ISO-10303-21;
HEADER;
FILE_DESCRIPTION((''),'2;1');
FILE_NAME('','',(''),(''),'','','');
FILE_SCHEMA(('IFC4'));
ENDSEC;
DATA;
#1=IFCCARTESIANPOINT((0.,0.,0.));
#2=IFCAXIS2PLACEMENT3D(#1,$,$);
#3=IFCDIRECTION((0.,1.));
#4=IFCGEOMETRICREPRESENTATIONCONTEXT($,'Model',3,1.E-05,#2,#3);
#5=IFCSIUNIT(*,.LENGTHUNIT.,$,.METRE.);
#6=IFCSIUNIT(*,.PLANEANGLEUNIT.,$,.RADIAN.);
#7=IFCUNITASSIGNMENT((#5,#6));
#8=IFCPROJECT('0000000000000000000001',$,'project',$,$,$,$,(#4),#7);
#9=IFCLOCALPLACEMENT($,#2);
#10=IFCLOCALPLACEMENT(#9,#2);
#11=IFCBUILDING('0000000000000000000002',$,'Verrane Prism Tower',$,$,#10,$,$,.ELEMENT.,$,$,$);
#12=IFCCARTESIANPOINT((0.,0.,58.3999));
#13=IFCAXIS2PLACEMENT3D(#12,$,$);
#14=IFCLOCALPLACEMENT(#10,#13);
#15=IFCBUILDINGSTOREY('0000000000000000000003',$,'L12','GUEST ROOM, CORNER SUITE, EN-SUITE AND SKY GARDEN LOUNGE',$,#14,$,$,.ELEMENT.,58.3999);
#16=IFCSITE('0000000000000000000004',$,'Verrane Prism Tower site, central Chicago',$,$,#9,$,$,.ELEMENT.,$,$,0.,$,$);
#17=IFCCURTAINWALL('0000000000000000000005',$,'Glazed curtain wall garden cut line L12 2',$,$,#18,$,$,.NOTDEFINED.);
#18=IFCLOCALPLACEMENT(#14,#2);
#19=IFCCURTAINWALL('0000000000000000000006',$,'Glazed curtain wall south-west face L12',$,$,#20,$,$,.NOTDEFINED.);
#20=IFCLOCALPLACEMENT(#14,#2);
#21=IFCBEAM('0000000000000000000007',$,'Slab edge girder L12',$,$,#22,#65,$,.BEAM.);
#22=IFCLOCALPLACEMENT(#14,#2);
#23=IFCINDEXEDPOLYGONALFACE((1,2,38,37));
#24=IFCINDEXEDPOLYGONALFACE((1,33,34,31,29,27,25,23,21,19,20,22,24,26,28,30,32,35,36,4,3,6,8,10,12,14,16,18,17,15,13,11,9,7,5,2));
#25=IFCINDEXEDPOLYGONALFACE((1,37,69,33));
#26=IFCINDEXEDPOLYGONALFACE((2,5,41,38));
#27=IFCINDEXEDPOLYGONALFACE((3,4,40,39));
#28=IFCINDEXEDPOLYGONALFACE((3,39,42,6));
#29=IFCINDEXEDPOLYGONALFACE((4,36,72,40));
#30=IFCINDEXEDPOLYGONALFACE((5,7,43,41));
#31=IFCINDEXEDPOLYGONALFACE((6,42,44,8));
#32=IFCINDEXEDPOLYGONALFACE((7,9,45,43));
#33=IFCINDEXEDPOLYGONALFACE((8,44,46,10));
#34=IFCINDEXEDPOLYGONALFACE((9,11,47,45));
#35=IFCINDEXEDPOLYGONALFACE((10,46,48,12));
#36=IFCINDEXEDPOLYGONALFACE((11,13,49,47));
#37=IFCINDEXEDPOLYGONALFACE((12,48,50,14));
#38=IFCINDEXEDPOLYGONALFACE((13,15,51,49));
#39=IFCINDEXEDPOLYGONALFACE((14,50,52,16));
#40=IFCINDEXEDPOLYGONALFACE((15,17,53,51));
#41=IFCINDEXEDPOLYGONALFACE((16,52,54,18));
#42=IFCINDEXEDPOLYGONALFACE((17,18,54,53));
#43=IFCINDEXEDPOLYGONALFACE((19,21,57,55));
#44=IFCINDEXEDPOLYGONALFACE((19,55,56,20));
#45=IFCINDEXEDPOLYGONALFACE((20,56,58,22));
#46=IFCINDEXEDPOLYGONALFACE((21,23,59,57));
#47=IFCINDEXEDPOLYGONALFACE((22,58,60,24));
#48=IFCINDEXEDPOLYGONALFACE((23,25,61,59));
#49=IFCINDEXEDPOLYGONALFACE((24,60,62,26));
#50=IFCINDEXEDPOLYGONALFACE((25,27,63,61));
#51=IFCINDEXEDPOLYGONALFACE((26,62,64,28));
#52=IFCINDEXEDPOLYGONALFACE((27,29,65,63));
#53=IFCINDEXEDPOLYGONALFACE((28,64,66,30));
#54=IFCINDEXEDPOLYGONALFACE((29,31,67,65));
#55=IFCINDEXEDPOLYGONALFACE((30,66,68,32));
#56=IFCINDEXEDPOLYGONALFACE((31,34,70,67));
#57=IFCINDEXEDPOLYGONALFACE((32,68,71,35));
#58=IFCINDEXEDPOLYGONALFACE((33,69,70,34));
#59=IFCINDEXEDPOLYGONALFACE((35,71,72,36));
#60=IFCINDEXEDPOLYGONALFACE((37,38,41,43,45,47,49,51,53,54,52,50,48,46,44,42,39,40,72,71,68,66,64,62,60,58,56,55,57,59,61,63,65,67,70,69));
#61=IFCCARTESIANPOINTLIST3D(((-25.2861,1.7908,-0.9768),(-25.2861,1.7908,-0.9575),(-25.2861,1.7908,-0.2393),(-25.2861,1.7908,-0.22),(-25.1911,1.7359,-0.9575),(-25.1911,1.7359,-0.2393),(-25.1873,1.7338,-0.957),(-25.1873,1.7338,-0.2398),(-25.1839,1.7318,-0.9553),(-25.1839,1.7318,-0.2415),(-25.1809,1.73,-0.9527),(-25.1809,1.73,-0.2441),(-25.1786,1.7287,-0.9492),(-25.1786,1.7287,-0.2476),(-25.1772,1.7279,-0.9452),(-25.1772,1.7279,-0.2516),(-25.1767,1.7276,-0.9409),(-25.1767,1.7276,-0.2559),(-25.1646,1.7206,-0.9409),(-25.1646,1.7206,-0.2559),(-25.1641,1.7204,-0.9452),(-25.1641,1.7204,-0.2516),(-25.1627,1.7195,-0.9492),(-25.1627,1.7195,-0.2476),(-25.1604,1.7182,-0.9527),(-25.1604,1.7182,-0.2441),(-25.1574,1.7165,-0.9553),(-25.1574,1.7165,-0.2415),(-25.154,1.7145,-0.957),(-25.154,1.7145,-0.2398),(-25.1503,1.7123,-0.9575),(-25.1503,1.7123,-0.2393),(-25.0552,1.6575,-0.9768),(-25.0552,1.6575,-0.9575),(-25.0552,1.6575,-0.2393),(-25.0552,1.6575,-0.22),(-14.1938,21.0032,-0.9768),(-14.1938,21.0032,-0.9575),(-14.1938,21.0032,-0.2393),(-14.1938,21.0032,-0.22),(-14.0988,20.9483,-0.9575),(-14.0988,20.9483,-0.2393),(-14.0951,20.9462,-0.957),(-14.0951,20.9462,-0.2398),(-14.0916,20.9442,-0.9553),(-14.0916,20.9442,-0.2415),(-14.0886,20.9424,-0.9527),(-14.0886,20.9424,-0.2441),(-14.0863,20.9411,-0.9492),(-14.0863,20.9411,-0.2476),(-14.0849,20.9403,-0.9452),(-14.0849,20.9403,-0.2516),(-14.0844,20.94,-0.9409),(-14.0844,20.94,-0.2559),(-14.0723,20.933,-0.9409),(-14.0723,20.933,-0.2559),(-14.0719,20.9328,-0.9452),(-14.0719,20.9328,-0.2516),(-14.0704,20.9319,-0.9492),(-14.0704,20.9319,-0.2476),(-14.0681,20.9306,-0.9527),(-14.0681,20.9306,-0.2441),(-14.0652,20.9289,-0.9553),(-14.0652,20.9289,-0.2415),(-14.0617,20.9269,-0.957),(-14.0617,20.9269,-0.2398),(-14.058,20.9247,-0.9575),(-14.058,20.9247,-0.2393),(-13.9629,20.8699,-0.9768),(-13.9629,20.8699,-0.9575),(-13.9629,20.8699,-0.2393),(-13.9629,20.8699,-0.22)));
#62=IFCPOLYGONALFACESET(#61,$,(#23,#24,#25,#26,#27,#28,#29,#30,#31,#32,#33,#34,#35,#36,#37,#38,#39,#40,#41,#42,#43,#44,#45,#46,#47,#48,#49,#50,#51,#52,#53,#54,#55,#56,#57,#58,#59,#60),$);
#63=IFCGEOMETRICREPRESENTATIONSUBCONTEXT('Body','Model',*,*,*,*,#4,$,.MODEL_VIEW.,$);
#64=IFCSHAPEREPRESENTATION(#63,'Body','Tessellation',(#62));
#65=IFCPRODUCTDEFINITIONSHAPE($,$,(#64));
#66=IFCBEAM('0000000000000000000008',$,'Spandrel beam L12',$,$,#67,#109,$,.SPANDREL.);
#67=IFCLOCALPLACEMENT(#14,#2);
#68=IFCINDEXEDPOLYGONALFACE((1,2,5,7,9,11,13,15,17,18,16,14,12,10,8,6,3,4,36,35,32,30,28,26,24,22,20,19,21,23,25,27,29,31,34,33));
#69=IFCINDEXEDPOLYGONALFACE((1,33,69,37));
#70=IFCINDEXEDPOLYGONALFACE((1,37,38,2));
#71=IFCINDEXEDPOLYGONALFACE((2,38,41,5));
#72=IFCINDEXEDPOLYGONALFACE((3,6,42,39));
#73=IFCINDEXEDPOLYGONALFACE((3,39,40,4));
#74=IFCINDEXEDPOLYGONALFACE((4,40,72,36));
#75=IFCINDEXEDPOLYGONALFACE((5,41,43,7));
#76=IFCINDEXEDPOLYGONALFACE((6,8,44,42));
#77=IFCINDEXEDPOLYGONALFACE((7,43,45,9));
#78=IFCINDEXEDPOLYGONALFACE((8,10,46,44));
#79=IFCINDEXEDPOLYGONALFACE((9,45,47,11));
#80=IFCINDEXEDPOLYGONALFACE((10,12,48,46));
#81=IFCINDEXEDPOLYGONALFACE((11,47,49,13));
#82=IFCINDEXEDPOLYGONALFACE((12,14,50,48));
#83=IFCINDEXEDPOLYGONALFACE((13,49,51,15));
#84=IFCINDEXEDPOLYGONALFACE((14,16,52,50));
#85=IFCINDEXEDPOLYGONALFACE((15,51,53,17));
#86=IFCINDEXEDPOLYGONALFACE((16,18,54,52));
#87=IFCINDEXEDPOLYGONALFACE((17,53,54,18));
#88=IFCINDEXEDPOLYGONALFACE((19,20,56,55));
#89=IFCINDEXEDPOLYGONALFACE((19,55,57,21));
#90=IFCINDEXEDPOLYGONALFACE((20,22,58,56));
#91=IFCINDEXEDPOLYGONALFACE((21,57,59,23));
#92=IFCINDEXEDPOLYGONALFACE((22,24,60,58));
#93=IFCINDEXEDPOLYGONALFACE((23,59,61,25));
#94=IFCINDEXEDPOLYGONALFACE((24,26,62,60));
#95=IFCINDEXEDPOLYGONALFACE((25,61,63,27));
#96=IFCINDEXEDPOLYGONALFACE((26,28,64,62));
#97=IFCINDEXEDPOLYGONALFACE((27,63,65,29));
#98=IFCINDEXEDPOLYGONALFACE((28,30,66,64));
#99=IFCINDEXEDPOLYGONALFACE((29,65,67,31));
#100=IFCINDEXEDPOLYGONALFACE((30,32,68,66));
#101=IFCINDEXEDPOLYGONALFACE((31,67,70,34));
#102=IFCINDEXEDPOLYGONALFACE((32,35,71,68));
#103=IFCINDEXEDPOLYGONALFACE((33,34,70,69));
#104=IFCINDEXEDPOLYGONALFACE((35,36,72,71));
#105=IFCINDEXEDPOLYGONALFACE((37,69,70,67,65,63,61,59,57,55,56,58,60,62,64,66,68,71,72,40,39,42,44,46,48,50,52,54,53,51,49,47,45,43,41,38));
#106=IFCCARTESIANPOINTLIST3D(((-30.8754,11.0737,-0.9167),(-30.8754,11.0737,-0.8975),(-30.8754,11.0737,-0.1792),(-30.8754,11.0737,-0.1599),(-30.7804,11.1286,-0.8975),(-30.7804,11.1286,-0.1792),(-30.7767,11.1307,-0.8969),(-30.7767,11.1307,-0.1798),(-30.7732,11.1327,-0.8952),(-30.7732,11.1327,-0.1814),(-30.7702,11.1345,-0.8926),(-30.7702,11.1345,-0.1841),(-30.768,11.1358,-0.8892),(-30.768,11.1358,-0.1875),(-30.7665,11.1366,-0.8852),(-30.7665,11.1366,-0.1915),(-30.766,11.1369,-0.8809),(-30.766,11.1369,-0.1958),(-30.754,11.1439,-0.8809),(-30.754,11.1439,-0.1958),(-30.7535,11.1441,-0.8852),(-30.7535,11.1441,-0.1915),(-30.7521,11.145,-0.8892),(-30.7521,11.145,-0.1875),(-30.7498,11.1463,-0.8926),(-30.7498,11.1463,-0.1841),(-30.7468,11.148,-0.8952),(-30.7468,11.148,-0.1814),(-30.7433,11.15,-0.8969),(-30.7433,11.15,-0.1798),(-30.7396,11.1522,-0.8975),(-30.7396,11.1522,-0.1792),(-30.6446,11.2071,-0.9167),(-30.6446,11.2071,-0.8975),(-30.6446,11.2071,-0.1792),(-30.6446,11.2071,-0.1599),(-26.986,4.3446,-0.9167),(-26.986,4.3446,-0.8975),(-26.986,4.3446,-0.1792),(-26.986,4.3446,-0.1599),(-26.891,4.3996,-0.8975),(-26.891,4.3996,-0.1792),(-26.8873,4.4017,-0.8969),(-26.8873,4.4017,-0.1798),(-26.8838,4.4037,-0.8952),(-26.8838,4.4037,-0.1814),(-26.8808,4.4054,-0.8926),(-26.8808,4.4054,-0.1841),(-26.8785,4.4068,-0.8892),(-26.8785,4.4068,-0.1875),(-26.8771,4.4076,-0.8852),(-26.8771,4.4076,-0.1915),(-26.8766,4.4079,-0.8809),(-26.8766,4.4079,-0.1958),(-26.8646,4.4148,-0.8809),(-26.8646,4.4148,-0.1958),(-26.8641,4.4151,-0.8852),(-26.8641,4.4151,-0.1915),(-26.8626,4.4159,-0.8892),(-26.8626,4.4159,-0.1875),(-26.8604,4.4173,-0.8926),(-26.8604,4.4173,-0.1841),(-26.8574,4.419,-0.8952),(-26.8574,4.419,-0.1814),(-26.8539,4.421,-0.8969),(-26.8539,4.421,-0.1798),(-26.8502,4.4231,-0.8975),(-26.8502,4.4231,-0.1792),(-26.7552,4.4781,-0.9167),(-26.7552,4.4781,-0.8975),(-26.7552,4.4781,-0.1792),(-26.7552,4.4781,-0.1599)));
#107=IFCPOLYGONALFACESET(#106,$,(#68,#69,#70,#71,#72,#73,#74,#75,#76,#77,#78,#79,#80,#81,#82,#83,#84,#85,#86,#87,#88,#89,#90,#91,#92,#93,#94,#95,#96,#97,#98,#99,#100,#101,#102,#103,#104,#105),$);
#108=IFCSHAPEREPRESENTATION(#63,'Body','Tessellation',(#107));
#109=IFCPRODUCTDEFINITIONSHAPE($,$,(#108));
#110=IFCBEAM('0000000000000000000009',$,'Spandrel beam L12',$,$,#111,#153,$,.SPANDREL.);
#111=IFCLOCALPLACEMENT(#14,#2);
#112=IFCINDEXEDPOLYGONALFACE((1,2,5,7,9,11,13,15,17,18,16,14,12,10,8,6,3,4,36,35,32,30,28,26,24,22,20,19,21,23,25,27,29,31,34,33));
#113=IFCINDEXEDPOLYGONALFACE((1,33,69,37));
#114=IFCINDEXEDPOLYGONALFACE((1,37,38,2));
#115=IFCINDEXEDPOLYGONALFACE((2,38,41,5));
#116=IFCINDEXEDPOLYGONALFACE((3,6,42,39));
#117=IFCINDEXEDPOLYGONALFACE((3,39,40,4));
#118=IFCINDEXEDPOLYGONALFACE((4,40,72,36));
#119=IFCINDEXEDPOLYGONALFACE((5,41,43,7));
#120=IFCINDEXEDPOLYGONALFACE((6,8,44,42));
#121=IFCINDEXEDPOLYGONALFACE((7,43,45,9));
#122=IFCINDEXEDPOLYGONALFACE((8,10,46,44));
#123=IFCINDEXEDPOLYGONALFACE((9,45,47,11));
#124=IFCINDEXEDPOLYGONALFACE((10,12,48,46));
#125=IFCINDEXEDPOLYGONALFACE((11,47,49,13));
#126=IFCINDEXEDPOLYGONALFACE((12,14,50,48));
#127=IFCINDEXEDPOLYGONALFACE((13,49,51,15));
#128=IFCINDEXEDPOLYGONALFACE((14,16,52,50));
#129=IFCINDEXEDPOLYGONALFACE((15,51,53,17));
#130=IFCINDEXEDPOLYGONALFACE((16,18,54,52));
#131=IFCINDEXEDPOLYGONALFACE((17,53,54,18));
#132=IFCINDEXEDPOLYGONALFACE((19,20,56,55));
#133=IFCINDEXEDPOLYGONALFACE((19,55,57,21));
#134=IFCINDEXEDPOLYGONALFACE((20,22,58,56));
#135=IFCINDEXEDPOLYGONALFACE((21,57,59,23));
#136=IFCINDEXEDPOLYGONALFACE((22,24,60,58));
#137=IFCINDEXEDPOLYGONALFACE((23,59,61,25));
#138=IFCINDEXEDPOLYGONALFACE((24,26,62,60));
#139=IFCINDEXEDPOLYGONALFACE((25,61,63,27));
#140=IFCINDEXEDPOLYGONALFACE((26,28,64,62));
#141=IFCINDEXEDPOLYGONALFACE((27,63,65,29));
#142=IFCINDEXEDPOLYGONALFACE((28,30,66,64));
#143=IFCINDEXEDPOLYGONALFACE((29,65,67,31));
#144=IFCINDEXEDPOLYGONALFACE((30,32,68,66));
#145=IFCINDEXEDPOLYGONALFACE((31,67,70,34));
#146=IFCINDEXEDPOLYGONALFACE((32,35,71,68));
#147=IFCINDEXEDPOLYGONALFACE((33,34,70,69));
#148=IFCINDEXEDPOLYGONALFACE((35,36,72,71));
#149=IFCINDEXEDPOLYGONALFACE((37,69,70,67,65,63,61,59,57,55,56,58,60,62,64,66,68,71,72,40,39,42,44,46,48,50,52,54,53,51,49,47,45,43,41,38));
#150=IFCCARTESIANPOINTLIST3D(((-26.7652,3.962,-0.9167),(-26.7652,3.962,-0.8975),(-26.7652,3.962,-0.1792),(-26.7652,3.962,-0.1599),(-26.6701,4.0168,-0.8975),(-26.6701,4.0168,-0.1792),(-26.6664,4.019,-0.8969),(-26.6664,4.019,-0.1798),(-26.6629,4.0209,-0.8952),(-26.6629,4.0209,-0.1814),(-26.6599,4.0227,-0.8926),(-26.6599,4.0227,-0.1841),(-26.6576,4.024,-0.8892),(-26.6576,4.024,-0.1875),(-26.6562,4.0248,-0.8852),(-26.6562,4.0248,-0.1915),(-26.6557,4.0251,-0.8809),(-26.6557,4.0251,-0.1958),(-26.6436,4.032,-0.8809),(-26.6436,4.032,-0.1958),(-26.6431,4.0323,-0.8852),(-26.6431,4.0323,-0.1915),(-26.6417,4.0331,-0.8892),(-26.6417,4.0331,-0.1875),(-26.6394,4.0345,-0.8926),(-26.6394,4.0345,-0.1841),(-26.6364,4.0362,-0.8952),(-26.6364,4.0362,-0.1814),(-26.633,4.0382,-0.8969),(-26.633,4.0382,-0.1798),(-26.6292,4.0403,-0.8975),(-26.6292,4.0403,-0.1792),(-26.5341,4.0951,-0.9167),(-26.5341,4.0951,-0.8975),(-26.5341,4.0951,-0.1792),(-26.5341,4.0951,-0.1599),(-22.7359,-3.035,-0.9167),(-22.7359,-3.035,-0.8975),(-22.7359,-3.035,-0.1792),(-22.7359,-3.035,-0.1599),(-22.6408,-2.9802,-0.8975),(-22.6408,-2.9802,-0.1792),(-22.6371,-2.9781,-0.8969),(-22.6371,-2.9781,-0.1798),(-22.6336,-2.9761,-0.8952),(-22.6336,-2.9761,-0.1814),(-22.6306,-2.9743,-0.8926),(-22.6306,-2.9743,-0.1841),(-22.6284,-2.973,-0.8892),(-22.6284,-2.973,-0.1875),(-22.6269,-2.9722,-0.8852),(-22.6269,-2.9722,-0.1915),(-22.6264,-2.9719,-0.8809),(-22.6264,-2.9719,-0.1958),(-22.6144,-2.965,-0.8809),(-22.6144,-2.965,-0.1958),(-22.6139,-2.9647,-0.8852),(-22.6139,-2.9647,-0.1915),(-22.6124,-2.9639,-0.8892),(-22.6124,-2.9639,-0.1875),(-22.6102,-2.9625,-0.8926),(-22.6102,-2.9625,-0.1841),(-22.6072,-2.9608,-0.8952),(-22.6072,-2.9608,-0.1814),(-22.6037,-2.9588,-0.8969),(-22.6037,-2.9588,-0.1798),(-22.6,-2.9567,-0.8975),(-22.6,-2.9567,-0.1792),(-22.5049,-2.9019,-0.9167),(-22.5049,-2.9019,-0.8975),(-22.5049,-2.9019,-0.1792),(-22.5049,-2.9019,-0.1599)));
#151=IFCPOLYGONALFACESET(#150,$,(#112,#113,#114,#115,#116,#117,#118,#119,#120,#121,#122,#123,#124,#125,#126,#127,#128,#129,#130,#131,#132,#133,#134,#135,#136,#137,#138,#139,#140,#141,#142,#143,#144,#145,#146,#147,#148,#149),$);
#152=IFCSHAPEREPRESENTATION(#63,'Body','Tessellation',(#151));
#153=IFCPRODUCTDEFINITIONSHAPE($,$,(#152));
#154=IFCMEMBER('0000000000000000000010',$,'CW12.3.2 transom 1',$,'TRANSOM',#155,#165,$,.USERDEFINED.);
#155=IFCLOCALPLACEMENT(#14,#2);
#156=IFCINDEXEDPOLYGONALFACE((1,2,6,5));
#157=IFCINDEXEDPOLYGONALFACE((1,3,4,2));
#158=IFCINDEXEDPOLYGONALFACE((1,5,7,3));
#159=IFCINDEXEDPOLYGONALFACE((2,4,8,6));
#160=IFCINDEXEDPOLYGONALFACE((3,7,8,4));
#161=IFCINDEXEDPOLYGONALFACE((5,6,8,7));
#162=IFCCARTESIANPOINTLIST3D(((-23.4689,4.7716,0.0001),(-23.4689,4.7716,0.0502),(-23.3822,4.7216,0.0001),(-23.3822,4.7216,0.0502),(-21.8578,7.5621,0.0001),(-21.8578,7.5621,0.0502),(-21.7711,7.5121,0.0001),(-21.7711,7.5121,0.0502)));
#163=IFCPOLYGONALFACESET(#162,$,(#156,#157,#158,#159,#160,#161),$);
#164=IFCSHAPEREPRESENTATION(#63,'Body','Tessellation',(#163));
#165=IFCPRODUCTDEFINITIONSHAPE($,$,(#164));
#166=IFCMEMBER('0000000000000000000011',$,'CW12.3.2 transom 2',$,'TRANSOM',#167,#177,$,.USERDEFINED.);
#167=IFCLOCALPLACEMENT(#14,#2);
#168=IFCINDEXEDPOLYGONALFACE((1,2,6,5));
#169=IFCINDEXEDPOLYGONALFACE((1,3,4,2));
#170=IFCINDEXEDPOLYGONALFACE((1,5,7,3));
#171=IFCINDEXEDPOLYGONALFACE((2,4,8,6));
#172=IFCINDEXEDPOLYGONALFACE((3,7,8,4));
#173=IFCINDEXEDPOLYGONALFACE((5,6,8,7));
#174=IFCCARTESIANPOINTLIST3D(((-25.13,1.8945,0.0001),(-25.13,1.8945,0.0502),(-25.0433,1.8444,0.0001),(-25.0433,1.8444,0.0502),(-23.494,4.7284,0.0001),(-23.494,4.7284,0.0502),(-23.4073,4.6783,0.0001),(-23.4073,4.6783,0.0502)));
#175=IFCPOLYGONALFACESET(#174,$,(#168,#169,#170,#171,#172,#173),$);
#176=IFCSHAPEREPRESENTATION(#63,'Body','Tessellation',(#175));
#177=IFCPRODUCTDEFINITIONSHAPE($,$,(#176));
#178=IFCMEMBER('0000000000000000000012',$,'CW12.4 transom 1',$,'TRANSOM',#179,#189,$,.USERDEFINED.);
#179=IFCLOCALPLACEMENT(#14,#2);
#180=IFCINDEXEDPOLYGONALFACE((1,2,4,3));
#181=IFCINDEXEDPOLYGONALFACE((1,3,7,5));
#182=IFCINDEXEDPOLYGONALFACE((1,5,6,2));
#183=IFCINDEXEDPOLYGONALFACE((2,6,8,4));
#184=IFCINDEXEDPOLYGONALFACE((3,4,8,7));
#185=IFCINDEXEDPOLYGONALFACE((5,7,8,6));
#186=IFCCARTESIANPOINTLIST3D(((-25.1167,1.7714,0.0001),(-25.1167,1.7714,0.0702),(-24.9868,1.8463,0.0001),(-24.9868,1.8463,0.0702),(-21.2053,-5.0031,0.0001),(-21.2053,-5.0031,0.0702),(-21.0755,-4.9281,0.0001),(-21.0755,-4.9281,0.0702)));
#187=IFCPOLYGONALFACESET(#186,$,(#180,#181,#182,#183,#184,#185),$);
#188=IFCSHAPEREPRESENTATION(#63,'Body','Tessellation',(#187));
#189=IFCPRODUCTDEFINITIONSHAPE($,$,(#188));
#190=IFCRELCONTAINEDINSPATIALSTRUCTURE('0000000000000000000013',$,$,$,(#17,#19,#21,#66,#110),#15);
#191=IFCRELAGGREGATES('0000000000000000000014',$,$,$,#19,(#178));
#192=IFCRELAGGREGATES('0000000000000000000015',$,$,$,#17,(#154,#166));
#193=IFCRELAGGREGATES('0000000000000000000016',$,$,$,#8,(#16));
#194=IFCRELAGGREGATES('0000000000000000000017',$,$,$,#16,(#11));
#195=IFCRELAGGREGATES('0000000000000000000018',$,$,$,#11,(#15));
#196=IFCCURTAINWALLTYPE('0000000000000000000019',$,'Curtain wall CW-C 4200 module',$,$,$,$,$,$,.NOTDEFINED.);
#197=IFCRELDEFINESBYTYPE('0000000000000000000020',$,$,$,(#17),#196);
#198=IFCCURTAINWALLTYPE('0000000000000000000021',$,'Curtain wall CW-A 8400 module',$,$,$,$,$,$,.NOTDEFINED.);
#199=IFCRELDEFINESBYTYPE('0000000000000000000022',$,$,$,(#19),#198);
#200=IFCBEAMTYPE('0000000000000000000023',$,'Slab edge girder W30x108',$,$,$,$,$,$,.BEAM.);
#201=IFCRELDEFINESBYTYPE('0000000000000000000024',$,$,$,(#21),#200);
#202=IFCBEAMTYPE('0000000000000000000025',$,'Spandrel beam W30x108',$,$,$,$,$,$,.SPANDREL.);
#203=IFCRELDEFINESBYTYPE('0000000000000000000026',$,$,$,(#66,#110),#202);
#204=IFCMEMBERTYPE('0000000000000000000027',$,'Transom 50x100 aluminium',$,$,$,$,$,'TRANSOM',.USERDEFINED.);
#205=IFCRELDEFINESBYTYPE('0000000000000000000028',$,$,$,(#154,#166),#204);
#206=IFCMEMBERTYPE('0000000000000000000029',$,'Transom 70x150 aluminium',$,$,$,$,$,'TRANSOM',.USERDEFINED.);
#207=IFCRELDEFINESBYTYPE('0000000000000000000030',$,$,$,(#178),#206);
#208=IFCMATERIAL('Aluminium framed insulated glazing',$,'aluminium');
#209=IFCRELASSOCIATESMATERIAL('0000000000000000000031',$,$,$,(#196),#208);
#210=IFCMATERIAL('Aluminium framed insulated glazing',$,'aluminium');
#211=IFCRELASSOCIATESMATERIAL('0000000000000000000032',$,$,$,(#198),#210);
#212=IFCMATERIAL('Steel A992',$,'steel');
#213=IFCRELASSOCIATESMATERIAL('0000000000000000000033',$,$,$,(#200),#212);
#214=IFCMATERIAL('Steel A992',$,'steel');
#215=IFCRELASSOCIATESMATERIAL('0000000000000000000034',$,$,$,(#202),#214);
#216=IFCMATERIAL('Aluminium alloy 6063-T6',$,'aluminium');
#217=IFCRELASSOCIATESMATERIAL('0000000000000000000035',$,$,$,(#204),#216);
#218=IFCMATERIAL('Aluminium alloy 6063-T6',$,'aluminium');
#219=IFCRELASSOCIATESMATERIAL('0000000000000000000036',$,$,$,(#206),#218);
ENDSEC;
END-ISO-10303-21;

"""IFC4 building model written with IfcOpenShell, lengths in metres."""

from ifc_helpers import new_model, si_unit, direction, frame, origin, origin_2d, place, context, subcontext, project, spatial, rectangle, i_section, extrude, material, material_profile, profile_set, type_object, element, aggregate, save


model = new_model("IFC4")

# Units and contexts
model_context = context("Model", 3, precision=1e-05, world=origin(), true_north=direction((0.0, 1.0)))
body_context = subcontext(model_context, "Body", "Model", "MODEL_VIEW")
ifc_project = project(units=[si_unit("LENGTHUNIT", "METRE"), si_unit("PLANEANGLEUNIT", "RADIAN")], contexts=[model_context])

# Site, building, storey
site_placement = place(None, origin())
site = spatial("IfcSite", under=ifc_project, at=site_placement, Name="Verrane Prism Tower site, central Chicago", CompositionType="ELEMENT", RefElevation=0.0)
building_placement = place(site_placement, origin())
building = spatial("IfcBuilding", under=site, at=building_placement, Name="Verrane Prism Tower", CompositionType="ELEMENT")
storey_placement = place(building_placement, frame((0.0, 0.0, 58.3999)))
storey = spatial("IfcBuildingStorey", under=building, at=storey_placement, Name="L12", Description="GUEST ROOM, CORNER SUITE, EN-SUITE AND SKY GARDEN LOUNGE", CompositionType="ELEMENT", Elevation=58.3999)

# Curtain wall
ifc_material_1 = material(Name="Aluminium framed insulated glazing", Category="aluminium")
curtain_wall_type_1 = type_object("IfcCurtainWallType", Name="Curtain wall CW-C 4200 module", PredefinedType="NOTDEFINED", material=ifc_material_1)
curtain_wall_1_placement = place(storey_placement, origin())
curtain_wall_1 = element("IfcCurtainWall", 1, at=curtain_wall_1_placement, inside=storey, type_object=curtain_wall_type_1, Name="Glazed curtain wall garden cut line L12 2", PredefinedType="NOTDEFINED")

# Curtain wall
ifc_material_2 = material(Name="Aluminium framed insulated glazing", Category="aluminium")
curtain_wall_type_2 = type_object("IfcCurtainWallType", Name="Curtain wall CW-A 8400 module", PredefinedType="NOTDEFINED", material=ifc_material_2)
curtain_wall_2_placement = place(storey_placement, origin())
curtain_wall_2 = element("IfcCurtainWall", 2, at=curtain_wall_2_placement, inside=storey, type_object=curtain_wall_type_2, Name="Glazed curtain wall south-west face L12", PredefinedType="NOTDEFINED")

# Beams
ifc_material_3 = material(Name="Steel A992", Category="steel")
ifc_material_profile_1 = material_profile(ifc_material_3, i_section(OverallWidth=0.2666, OverallDepth=0.7568, WebThickness=0.0139, FlangeThickness=0.0193, FilletRadius=0.0166, at=origin_2d()), Name="W30x108")
ifc_profile_set_1 = profile_set([ifc_material_profile_1], Name="Steel A992")
beam_type_1 = type_object("IfcBeamType", Name="Slab edge girder W30x108", PredefinedType="BEAM", material=ifc_profile_set_1)
beam_1_placement = place(storey_placement, frame((-25.1707, 1.7241, -0.5984), z_axis=(0.5, 0.866025, 0.0), x_axis=(-0.866025, 0.5, 0.0)))
element("IfcBeam", 3, at=beam_1_placement, inside=storey, type_object=beam_type_1, Name="Slab edge girder L12", PredefinedType="BEAM", context=body_context, shape_type="SweptSolid", body=[
    extrude(i_section(OverallWidth=0.2666, OverallDepth=0.7568, WebThickness=0.0139, FlangeThickness=0.0193, FilletRadius=0.0166, at=origin_2d()), origin(), (0.0, 0.0, 1.0), 22.1846),
])
ifc_material_4 = material(Name="Steel A992", Category="steel")
ifc_material_profile_2 = material_profile(ifc_material_4, i_section(OverallWidth=0.2666, OverallDepth=0.7568, WebThickness=0.0139, FlangeThickness=0.0193, FilletRadius=0.0166, at=origin_2d()), Name="W30x108")
ifc_profile_set_2 = profile_set([ifc_material_profile_2], Name="Steel A992")
beam_type_2 = type_object("IfcBeamType", Name="Spandrel beam W30x108", PredefinedType="SPANDREL", material=ifc_profile_set_2)
beam_2_placement = place(storey_placement, frame((-30.76, 11.1404, -0.5383), z_axis=(0.500426, -0.865779, 0.0), x_axis=(0.865779, 0.500426, 0.0)))
element("IfcBeam", 4, at=beam_2_placement, inside=storey, type_object=beam_type_2, Name="Spandrel beam L12", PredefinedType="SPANDREL", context=body_context, shape_type="SweptSolid", body=[
    extrude(i_section(OverallWidth=0.2666, OverallDepth=0.7568, WebThickness=0.0139, FlangeThickness=0.0193, FilletRadius=0.0166, at=origin_2d()), origin(), (0.0, 0.0, 1.0), 7.7722),
])
beam_3_placement = place(storey_placement, frame((-26.6497, 4.0286, -0.5383), z_axis=(0.499028, -0.866586, 0.0), x_axis=(0.866586, 0.499028, 0.0)))
element("IfcBeam", 5, at=beam_3_placement, inside=storey, type_object=beam_type_2, Name="Spandrel beam L12", PredefinedType="SPANDREL", context=body_context, shape_type="SweptSolid", body=[
    extrude(i_section(OverallWidth=0.2666, OverallDepth=0.7568, WebThickness=0.0139, FlangeThickness=0.0193, FilletRadius=0.0166, at=origin_2d()), origin(), (0.0, 0.0, 1.0), 8.0742),
])

# Members
ifc_material_5 = material(Name="Aluminium alloy 6063-T6", Category="aluminium")
ifc_material_profile_3 = material_profile(ifc_material_5, rectangle(XDim=0.1001, YDim=0.05, at=origin_2d()), Name="Transom 50x100 aluminium")
ifc_profile_set_3 = profile_set([ifc_material_profile_3], Name="Aluminium alloy 6063-T6")
member_type_1 = type_object("IfcMemberType", Name="Transom 50x100 aluminium", ElementType="TRANSOM", PredefinedType="USERDEFINED", material=ifc_profile_set_3)
member_1_placement = place(storey_placement, frame((-21.8145, 7.5371, 0.0251), z_axis=(-0.499994, -0.866029, 0.0), x_axis=(0.866029, -0.499994, 0.0)))
member_1 = element("IfcMember", 6, at=member_1_placement, type_object=member_type_1, Name="CW12.3.2 transom 1", ObjectType="TRANSOM", PredefinedType="USERDEFINED", context=body_context, shape_type="SweptSolid", body=[
    extrude(rectangle(XDim=0.1001, YDim=0.05, at=origin_2d()), origin(), (0.0, 0.0, 1.0), 3.2222),
])
member_2_placement = place(storey_placement, frame((-23.4507, 4.7034, 0.0251), z_axis=(-0.499951, -0.866054, 0.0), x_axis=(0.866054, -0.499951, 0.0)))
member_2 = element("IfcMember", 7, at=member_2_placement, type_object=member_type_1, Name="CW12.3.2 transom 2", ObjectType="TRANSOM", PredefinedType="USERDEFINED", context=body_context, shape_type="SweptSolid", body=[
    extrude(rectangle(XDim=0.1001, YDim=0.05, at=origin_2d()), origin(), (0.0, 0.0, 1.0), 3.2722),
])
ifc_material_6 = material(Name="Aluminium alloy 6063-T6", Category="aluminium")
ifc_material_profile_4 = material_profile(ifc_material_6, rectangle(XDim=0.1499, YDim=0.0701, at=origin_2d()), Name="Transom 70x150 aluminium")
ifc_profile_set_4 = profile_set([ifc_material_profile_4], Name="Aluminium alloy 6063-T6")
member_type_2 = type_object("IfcMemberType", Name="Transom 70x150 aluminium", ElementType="TRANSOM", PredefinedType="USERDEFINED", material=ifc_profile_set_4)
member_3_placement = place(storey_placement, frame((-25.0518, 1.8088, 0.0352), z_axis=(0.500016, -0.866016, 0.0), x_axis=(0.866016, 0.500016, 0.0)))
member_3 = element("IfcMember", 8, at=member_3_placement, type_object=member_type_2, Name="CW12.4 transom 1", ObjectType="TRANSOM", PredefinedType="USERDEFINED", context=body_context, shape_type="SweptSolid", body=[
    extrude(rectangle(XDim=0.1499, YDim=0.0701, at=origin_2d()), origin(), (0.0, 0.0, 1.0), 7.8225),
])
aggregate(curtain_wall_2, [member_3])

aggregate(curtain_wall_1, [member_1, member_2])

save(model, "model.ifc")
